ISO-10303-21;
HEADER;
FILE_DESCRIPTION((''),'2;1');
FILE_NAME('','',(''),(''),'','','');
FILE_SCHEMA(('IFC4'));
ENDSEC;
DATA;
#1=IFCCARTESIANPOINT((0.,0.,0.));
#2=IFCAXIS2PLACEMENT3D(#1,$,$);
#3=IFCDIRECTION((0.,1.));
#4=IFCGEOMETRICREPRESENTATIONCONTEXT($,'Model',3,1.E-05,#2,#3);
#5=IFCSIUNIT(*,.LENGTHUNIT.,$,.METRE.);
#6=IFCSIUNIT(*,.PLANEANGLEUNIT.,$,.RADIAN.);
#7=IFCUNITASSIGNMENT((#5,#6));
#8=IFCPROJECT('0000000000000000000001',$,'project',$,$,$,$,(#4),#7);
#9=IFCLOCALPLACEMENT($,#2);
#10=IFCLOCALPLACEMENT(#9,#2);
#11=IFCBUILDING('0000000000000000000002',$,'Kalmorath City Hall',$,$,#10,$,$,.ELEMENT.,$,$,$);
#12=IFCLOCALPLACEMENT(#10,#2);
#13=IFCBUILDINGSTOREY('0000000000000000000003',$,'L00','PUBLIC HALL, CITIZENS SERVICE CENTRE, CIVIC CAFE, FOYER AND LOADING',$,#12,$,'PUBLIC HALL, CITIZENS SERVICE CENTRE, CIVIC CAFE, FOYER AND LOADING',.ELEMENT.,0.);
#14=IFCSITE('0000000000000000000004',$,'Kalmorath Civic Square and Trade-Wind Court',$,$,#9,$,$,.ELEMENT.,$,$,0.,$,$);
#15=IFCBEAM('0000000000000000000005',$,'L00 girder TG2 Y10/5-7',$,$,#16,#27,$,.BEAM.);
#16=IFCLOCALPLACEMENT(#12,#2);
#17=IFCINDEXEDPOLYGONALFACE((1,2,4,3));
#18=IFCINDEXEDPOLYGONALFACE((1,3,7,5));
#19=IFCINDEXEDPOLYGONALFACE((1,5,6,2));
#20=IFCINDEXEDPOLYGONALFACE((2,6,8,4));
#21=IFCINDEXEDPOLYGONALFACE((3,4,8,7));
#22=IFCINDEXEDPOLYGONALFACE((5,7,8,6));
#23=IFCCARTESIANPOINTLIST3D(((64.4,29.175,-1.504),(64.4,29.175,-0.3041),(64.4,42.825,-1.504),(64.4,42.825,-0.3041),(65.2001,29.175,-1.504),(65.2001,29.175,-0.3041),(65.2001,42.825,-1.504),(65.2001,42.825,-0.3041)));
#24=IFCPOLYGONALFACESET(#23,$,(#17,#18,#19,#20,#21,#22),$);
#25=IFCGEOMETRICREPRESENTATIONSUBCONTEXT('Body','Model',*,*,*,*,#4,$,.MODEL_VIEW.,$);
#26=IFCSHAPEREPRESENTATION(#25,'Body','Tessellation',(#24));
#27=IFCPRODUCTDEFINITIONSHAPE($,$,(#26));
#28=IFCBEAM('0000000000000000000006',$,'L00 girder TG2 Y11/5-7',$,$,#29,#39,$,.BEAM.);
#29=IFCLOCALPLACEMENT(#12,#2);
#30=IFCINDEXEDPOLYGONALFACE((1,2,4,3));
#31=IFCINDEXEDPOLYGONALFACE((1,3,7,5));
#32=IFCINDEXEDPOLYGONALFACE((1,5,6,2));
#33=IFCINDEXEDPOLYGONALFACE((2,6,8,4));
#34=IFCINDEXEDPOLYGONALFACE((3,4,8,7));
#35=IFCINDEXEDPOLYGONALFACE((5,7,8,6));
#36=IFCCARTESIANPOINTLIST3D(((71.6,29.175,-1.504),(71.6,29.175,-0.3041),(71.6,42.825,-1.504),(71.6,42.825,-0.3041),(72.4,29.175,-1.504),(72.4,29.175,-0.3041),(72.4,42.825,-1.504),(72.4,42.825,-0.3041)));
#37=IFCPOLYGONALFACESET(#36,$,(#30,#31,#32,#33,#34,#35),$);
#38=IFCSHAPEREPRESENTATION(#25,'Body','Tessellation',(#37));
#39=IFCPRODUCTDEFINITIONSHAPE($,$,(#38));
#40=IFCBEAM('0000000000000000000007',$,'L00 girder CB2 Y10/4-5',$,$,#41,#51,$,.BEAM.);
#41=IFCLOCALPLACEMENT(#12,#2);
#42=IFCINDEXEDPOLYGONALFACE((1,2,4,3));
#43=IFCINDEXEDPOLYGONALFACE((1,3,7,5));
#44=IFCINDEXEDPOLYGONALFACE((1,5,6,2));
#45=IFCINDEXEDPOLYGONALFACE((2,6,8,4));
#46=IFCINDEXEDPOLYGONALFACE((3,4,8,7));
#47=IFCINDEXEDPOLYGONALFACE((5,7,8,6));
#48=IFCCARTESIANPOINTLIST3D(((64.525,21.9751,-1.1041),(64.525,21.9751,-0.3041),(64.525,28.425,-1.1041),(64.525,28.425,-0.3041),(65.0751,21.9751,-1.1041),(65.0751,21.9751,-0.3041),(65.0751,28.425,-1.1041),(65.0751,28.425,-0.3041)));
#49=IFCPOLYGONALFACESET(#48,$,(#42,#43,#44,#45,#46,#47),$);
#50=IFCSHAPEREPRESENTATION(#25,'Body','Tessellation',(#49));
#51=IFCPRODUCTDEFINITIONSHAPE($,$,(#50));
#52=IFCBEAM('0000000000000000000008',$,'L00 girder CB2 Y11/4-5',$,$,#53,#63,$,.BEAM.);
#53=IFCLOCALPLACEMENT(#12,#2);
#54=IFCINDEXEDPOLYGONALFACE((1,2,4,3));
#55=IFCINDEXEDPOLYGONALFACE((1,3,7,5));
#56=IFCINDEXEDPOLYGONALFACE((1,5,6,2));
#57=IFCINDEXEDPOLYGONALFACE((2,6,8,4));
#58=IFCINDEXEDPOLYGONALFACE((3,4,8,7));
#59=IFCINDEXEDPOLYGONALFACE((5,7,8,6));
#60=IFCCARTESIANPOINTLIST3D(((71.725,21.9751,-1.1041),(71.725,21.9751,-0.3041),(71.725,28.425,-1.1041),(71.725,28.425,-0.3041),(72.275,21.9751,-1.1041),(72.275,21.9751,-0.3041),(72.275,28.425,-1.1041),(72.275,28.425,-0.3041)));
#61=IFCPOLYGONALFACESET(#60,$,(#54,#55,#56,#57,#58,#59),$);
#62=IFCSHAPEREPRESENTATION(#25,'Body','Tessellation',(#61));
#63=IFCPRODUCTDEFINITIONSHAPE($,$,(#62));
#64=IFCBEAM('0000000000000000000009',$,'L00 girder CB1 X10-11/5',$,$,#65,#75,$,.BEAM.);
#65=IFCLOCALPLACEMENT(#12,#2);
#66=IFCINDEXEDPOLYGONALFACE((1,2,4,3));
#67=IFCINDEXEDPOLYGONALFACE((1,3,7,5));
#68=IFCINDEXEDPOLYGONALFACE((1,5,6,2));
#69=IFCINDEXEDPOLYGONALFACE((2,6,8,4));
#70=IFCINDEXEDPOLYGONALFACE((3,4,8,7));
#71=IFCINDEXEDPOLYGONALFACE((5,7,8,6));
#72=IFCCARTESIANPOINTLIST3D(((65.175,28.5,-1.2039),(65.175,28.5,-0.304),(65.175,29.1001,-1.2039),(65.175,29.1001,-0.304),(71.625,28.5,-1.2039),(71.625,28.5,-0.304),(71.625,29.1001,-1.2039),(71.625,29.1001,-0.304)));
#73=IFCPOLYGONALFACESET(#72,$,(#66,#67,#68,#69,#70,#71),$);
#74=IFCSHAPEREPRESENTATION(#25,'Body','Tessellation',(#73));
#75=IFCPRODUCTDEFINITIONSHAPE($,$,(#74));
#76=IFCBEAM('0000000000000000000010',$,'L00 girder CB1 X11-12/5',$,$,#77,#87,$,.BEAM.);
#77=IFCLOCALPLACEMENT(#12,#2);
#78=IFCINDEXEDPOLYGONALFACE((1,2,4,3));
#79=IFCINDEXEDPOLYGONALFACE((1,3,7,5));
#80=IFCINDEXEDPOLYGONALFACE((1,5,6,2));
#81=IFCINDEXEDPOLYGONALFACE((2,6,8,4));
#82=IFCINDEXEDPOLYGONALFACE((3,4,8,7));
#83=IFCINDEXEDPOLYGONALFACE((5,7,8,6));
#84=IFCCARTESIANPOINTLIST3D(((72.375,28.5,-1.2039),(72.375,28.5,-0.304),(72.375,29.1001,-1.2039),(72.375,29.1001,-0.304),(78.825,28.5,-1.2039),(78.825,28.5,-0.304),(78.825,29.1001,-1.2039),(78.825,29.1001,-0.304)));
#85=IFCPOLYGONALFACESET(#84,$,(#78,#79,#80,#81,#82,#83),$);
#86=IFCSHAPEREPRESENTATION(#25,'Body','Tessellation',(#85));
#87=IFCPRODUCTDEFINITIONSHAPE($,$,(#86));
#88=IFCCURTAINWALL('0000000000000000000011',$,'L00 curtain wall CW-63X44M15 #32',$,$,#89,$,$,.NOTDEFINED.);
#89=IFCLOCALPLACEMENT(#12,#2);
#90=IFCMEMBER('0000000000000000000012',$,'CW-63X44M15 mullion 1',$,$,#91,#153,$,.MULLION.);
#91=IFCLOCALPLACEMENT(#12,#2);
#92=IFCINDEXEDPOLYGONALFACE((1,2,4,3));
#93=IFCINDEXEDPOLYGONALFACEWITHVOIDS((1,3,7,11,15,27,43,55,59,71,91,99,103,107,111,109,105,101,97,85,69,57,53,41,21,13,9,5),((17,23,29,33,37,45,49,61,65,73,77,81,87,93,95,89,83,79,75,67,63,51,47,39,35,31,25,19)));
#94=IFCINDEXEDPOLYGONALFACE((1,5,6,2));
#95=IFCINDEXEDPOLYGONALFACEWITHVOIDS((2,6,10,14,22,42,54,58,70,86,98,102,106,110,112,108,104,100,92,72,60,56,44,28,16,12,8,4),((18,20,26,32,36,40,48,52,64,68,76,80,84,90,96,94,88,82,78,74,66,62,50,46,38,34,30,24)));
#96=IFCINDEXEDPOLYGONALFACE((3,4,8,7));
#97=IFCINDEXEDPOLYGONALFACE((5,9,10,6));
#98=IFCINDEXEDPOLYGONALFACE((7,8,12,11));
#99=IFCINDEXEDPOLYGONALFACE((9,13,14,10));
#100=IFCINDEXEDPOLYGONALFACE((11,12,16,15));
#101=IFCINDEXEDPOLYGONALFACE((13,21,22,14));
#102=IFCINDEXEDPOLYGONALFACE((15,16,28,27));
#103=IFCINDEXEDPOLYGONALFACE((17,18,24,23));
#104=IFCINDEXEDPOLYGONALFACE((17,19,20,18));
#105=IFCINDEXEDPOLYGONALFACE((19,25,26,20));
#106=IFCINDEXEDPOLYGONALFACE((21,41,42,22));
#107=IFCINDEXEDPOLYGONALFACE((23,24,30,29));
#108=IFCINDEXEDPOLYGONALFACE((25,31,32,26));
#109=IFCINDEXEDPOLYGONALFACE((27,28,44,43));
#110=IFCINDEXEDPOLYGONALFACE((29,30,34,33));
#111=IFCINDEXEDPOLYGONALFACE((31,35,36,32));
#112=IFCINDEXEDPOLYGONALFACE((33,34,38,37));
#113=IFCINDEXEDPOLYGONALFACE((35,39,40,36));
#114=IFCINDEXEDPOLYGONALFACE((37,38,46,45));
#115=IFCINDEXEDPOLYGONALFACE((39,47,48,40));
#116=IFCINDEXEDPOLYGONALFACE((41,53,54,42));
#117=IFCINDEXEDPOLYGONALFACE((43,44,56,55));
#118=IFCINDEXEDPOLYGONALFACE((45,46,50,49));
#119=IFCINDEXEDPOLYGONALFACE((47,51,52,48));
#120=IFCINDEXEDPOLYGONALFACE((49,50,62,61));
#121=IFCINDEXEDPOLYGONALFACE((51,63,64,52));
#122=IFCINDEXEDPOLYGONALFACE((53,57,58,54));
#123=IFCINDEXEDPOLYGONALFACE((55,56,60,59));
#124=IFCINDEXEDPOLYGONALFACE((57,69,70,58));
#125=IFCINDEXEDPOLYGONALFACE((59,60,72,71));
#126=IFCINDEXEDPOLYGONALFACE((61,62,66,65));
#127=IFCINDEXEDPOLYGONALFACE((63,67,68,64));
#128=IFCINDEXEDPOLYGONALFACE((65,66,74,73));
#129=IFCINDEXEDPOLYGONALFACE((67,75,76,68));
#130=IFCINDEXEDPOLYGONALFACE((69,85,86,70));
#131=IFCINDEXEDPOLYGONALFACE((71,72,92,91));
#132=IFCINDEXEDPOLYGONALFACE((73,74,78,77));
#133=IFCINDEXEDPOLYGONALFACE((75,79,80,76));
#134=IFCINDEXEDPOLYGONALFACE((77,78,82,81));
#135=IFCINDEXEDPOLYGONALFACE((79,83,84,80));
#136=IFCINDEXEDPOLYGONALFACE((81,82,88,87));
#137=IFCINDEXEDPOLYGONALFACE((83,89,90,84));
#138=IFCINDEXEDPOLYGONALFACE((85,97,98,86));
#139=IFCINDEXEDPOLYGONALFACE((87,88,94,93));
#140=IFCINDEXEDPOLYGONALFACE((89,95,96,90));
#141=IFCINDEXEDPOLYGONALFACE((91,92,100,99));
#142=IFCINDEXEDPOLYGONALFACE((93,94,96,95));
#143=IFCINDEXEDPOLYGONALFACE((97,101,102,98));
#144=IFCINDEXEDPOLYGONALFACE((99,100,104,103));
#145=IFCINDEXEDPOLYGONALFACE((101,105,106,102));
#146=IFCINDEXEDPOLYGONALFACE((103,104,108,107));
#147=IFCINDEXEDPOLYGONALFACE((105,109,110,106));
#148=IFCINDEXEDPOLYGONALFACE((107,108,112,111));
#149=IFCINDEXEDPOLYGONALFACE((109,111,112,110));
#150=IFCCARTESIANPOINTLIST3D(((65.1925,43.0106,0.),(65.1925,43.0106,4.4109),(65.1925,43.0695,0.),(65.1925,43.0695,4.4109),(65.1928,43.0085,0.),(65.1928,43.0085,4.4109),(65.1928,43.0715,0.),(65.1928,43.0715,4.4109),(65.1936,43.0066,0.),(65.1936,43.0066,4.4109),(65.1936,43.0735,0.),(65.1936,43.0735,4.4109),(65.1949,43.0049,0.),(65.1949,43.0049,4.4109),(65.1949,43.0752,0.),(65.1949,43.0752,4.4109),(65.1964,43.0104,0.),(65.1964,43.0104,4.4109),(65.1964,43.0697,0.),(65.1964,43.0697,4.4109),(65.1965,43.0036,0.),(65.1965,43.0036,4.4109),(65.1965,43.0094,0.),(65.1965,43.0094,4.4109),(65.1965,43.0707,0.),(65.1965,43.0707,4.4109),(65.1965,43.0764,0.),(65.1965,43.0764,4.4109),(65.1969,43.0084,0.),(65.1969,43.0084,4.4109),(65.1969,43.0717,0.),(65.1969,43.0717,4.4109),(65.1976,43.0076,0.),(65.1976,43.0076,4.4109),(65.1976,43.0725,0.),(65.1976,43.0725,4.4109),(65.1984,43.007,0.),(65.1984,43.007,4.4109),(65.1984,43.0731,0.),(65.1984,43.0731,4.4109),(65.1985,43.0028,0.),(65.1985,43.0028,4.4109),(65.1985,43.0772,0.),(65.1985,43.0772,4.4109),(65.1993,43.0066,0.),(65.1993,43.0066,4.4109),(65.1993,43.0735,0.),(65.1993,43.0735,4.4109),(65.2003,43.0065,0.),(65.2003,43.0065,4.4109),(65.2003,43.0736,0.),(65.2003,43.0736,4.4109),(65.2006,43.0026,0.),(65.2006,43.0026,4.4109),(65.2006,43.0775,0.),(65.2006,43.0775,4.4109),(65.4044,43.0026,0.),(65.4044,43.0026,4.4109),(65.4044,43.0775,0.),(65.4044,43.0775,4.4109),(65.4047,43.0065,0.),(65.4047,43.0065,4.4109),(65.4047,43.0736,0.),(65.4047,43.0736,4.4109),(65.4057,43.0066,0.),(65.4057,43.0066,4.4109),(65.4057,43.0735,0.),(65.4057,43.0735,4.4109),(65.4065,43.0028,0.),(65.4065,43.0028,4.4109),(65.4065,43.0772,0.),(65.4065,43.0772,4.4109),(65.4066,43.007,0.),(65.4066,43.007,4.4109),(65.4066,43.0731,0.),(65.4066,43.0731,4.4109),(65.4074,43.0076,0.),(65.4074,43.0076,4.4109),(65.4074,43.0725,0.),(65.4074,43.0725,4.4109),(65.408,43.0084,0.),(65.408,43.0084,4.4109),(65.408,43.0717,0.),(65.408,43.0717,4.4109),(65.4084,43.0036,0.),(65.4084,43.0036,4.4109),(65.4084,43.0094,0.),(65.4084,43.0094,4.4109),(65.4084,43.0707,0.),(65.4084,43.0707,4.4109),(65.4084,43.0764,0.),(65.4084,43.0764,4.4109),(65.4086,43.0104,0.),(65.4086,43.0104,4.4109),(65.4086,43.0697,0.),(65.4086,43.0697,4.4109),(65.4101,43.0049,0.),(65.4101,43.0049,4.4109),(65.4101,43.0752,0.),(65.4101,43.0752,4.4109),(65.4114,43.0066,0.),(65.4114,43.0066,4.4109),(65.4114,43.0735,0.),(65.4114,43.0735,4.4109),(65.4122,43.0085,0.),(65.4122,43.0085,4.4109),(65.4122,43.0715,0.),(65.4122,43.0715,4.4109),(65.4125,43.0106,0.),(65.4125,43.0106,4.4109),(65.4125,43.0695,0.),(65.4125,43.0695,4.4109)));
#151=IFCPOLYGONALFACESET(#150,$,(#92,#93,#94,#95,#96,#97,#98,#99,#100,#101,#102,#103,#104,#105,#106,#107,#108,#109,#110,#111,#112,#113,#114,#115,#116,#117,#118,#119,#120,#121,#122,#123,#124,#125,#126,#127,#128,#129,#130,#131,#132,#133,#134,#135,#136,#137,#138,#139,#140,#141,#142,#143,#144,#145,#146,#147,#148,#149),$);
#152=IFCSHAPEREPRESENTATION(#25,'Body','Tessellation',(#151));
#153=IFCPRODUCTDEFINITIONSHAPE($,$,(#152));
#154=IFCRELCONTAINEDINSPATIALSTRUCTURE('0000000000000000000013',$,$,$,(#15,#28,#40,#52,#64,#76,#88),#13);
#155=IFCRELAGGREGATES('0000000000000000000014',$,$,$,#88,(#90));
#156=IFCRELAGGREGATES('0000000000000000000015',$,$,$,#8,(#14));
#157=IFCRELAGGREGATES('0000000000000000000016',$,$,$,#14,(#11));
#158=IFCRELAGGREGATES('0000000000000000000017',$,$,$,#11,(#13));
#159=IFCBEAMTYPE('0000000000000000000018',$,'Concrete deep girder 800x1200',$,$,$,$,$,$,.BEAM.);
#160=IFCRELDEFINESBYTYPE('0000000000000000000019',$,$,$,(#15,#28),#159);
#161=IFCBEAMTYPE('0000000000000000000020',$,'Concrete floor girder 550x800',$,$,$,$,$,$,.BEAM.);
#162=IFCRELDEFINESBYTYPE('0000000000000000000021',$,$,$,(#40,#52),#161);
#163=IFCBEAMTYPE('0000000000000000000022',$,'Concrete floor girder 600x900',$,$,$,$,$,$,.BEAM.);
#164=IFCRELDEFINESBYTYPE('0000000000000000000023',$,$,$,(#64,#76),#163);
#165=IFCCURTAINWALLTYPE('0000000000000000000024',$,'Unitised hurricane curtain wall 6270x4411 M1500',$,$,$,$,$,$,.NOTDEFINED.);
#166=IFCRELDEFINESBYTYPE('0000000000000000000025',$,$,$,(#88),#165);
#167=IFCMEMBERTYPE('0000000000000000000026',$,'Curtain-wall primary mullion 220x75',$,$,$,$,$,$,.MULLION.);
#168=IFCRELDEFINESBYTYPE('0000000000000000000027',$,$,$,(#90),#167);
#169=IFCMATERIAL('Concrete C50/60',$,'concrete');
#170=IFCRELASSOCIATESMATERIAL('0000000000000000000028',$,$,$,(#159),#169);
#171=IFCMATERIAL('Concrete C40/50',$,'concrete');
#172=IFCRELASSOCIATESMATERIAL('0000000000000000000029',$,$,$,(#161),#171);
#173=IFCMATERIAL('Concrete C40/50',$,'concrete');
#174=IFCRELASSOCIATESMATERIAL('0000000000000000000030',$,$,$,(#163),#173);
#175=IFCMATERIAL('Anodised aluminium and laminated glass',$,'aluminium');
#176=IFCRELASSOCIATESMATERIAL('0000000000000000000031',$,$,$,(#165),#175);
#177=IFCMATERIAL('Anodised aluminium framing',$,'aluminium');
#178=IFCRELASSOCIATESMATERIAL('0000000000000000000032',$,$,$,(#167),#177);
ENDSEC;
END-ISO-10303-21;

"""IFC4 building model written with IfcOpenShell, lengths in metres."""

from ifc_helpers import new_model, si_unit, direction, frame, origin, origin_2d, place, context, subcontext, project, spatial, rectangle, hollow_rectangle, extrude, material, material_profile, profile_set, type_object, element, aggregate, save


model = new_model("IFC4")

# Units and contexts
model_context = context("Model", 3, precision=1e-05, world=origin(), true_north=direction((0.0, 1.0)))
body_context = subcontext(model_context, "Body", "Model", "MODEL_VIEW")
ifc_project = project(units=[si_unit("LENGTHUNIT", "METRE"), si_unit("PLANEANGLEUNIT", "RADIAN")], contexts=[model_context])

# Site, building, storey
site_placement = place(None, origin())
site = spatial("IfcSite", under=ifc_project, at=site_placement, Name="Kalmorath Civic Square and Trade-Wind Court", CompositionType="ELEMENT", RefElevation=0.0)
building_placement = place(site_placement, origin())
building = spatial("IfcBuilding", under=site, at=building_placement, Name="Kalmorath City Hall", CompositionType="ELEMENT")
storey_placement = place(building_placement, origin())
storey = spatial("IfcBuildingStorey", under=building, at=storey_placement, Name="L00", Description="PUBLIC HALL, CITIZENS SERVICE CENTRE, CIVIC CAFE, FOYER AND LOADING", LongName="PUBLIC HALL, CITIZENS SERVICE CENTRE, CIVIC CAFE, FOYER AND LOADING", CompositionType="ELEMENT", Elevation=0.0)

# Beams
ifc_material_1 = material(Name="Concrete C50/60", Category="concrete")
ifc_material_profile_1 = material_profile(ifc_material_1, rectangle(XDim=0.8, YDim=1.2, at=origin_2d()), Name="RC-TG-800X1200")
ifc_profile_set_1 = profile_set([ifc_material_profile_1], Name="Concrete C50/60")
beam_type_1 = type_object("IfcBeamType", Name="Concrete deep girder 800x1200", PredefinedType="BEAM", material=ifc_profile_set_1)
for number, where, z_axis, x_axis, name in (
    (1, (64.8, 29.175, -0.9041), (0.0, 1.0, 0.0), (-1.0, 0.0, 0.0), "L00 girder TG2 Y10/5-7"),
    (2, (72.0, 29.175, -0.9041), (0.0, 1.0, 0.0), (-1.0, 0.0, 0.0), "L00 girder TG2 Y11/5-7"),
):
    element("IfcBeam", number, at=place(storey_placement, frame(where, z_axis=z_axis, x_axis=x_axis)), inside=storey, type_object=beam_type_1, Name=name, PredefinedType="BEAM", context=body_context, shape_type="SweptSolid", body=[
        extrude(rectangle(XDim=0.8, YDim=1.2, at=origin_2d()), origin(), (0.0, 0.0, 1.0), 13.6499),
    ])
ifc_material_2 = material(Name="Concrete C40/50", Category="concrete")
ifc_material_profile_2 = material_profile(ifc_material_2, rectangle(XDim=0.55, YDim=0.8, at=origin_2d()), Name="RC-BM-550X800")
ifc_profile_set_2 = profile_set([ifc_material_profile_2], Name="Concrete C40/50")
beam_type_2 = type_object("IfcBeamType", Name="Concrete floor girder 550x800", PredefinedType="BEAM", material=ifc_profile_set_2)
for number, where, z_axis, x_axis, name in (
    (3, (64.8, 21.9751, -0.7041), (0.0, 1.0, 0.0), (-1.0, 0.0, 0.0), "L00 girder CB2 Y10/4-5"),
    (4, (72.0, 21.9751, -0.7041), (0.0, 1.0, 0.0), (-1.0, 0.0, 0.0), "L00 girder CB2 Y11/4-5"),
):
    element("IfcBeam", number, at=place(storey_placement, frame(where, z_axis=z_axis, x_axis=x_axis)), inside=storey, type_object=beam_type_2, Name=name, PredefinedType="BEAM", context=body_context, shape_type="SweptSolid", body=[
        extrude(rectangle(XDim=0.55, YDim=0.8, at=origin_2d()), origin(), (0.0, 0.0, 1.0), 6.45),
    ])
ifc_material_3 = material(Name="Concrete C40/50", Category="concrete")
ifc_material_profile_3 = material_profile(ifc_material_3, rectangle(XDim=0.6001, YDim=0.8999, at=origin_2d()), Name="RC-BM-600X900")
ifc_profile_set_3 = profile_set([ifc_material_profile_3], Name="Concrete C40/50")
beam_type_3 = type_object("IfcBeamType", Name="Concrete floor girder 600x900", PredefinedType="BEAM", material=ifc_profile_set_3)
for number, where, z_axis, x_axis, name in (
    (5, (65.175, 28.8, -0.7539), (1.0, 0.0, 0.0), (0.0, 1.0, 0.0), "L00 girder CB1 X10-11/5"),
    (6, (72.375, 28.8, -0.7539), (1.0, 0.0, 0.0), (0.0, 1.0, 0.0), "L00 girder CB1 X11-12/5"),
):
    element("IfcBeam", number, at=place(storey_placement, frame(where, z_axis=z_axis, x_axis=x_axis)), inside=storey, type_object=beam_type_3, Name=name, PredefinedType="BEAM", context=body_context, shape_type="SweptSolid", body=[
        extrude(rectangle(XDim=0.6001, YDim=0.8999, at=origin_2d()), origin(), (0.0, 0.0, 1.0), 6.45),
    ])

# Curtain wall, member
ifc_material_4 = material(Name="Anodised aluminium and laminated glass", Category="aluminium")
curtain_wall_type = type_object("IfcCurtainWallType", Name="Unitised hurricane curtain wall 6270x4411 M1500", PredefinedType="NOTDEFINED", material=ifc_material_4)
curtain_wall_placement = place(storey_placement, origin())
curtain_wall = element("IfcCurtainWall", 7, at=curtain_wall_placement, inside=storey, type_object=curtain_wall_type, Name="L00 curtain wall CW-63X44M15 #32", PredefinedType="NOTDEFINED")
ifc_material_5 = material(Name="Anodised aluminium framing", Category="aluminium")
ifc_material_profile_4 = material_profile(ifc_material_5, hollow_rectangle(XDim=0.075, YDim=0.22, WallThickness=0.0039, InnerFilletRadius=0.0039, OuterFilletRadius=0.0081, at=origin_2d()), Name="ALU-MUL-220X75X4")
ifc_profile_set_4 = profile_set([ifc_material_profile_4], Name="Anodised aluminium framing")
member_type_1 = type_object("IfcMemberType", Name="Curtain-wall primary mullion 220x75", PredefinedType="MULLION", material=ifc_profile_set_4)
member_1_placement = place(storey_placement, frame((65.3025, 43.04, 0.0), z_axis=(0.0, 0.0, 1.0), x_axis=(0.0, 1.0, 0.0)))
member_1 = element("IfcMember", 8, at=member_1_placement, type_object=member_type_1, Name="CW-63X44M15 mullion 1", PredefinedType="MULLION", context=body_context, shape_type="SweptSolid", body=[
    extrude(hollow_rectangle(XDim=0.075, YDim=0.22, WallThickness=0.0039, InnerFilletRadius=0.0039, OuterFilletRadius=0.0081, at=origin_2d()), origin(), (0.0, 0.0, 1.0), 4.4109),
])

aggregate(curtain_wall, [member_1])

save(model, "model.ifc")
